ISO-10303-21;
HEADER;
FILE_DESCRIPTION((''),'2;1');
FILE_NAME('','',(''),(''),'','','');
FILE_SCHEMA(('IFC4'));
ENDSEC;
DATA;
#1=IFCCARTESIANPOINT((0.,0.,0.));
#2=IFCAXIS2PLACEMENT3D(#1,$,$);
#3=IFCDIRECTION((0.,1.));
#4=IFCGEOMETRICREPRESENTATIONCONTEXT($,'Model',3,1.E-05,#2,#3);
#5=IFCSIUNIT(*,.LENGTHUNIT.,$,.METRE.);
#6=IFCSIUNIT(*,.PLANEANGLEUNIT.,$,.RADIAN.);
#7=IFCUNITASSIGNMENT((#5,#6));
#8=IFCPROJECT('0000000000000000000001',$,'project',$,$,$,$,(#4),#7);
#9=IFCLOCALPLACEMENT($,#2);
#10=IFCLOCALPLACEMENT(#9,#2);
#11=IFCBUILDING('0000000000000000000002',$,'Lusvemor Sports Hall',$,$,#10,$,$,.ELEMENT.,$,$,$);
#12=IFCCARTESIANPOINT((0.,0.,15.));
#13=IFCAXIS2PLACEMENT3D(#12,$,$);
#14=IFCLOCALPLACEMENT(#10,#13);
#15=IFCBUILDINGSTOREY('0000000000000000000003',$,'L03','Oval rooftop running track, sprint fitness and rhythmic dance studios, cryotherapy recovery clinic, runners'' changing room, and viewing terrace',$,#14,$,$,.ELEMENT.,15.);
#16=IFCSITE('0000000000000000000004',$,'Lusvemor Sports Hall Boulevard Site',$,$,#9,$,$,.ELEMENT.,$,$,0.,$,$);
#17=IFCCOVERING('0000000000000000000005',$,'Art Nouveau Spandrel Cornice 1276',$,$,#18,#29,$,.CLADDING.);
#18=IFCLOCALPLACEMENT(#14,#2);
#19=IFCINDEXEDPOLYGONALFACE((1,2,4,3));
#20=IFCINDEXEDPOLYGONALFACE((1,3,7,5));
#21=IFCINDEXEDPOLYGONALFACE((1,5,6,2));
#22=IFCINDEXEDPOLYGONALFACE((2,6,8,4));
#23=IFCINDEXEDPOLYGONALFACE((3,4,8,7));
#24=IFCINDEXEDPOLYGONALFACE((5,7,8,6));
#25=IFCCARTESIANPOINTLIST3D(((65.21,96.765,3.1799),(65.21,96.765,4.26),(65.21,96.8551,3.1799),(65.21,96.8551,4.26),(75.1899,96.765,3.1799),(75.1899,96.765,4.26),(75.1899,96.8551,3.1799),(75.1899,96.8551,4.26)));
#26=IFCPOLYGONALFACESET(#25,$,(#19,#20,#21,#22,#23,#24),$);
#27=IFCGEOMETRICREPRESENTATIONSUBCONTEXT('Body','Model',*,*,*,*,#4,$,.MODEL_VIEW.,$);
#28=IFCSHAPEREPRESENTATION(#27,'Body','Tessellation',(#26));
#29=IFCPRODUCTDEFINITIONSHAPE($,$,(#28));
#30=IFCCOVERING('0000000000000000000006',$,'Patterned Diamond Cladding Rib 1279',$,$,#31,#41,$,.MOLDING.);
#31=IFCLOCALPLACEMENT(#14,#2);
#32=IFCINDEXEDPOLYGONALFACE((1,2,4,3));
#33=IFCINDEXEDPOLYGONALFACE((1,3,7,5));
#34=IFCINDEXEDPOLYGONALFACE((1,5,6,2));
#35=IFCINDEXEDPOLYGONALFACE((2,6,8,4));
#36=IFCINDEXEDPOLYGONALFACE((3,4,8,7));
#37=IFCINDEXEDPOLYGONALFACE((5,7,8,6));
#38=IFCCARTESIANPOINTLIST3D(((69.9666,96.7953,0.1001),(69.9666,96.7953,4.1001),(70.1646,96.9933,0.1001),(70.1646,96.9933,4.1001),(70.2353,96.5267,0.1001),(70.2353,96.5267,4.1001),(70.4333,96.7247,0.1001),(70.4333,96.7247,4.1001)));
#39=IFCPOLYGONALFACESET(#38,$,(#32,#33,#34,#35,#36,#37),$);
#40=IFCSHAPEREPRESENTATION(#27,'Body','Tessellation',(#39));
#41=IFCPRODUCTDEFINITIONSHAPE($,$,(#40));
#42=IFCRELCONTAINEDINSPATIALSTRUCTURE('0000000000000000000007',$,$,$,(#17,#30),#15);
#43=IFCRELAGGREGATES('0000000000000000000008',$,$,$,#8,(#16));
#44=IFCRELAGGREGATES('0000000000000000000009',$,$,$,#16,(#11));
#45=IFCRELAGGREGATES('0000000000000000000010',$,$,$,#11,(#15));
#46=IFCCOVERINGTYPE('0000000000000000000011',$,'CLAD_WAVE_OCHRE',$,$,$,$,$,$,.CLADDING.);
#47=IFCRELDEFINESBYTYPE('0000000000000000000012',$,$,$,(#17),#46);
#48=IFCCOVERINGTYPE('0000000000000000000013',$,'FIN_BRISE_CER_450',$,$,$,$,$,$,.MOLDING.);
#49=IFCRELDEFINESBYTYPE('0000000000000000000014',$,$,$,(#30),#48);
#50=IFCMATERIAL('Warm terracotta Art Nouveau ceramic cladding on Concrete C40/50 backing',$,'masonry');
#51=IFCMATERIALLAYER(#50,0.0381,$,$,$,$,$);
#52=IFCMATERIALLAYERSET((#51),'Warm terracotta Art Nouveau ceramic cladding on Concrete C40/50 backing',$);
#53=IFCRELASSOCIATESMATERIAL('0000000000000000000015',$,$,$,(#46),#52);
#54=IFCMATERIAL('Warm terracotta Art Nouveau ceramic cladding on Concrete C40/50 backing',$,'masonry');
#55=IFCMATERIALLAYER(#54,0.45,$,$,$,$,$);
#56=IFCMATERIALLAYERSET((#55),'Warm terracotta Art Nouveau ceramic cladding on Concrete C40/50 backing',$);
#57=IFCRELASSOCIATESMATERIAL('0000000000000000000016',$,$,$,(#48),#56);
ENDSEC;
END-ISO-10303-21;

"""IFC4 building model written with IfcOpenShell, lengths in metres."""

from ifc_helpers import new_model, si_unit, direction, frame, origin, origin_2d, place, context, subcontext, project, spatial, rectangle, extrude, material, layer, layer_set, type_object, element, save


model = new_model("IFC4")

# Units and contexts
model_context = context("Model", 3, precision=1e-05, world=origin(), true_north=direction((0.0, 1.0)))
body_context = subcontext(model_context, "Body", "Model", "MODEL_VIEW")
ifc_project = project(units=[si_unit("LENGTHUNIT", "METRE"), si_unit("PLANEANGLEUNIT", "RADIAN")], contexts=[model_context])

# Site, building, storey
site_placement = place(None, origin())
site = spatial("IfcSite", under=ifc_project, at=site_placement, Name="Lusvemor Sports Hall Boulevard Site", CompositionType="ELEMENT", RefElevation=0.0)
building_placement = place(site_placement, origin())
building = spatial("IfcBuilding", under=site, at=building_placement, Name="Lusvemor Sports Hall", CompositionType="ELEMENT")
storey_placement = place(building_placement, frame((0.0, 0.0, 15.0)))
storey = spatial("IfcBuildingStorey", under=building, at=storey_placement, Name="L03", Description="Oval rooftop running track, sprint fitness and rhythmic dance studios, cryotherapy recovery clinic, runners' changing room, and viewing terrace", CompositionType="ELEMENT", Elevation=15.0)

# Coverings
ifc_material_1 = material(Name="Warm terracotta Art Nouveau ceramic cladding on Concrete C40/50 backing", Category="masonry")
ifc_layer_1 = layer(ifc_material_1, 0.0381)
ifc_layer_set_1 = layer_set([ifc_layer_1], Name="Warm terracotta Art Nouveau ceramic cladding on Concrete C40/50 backing")
covering_type_1 = type_object("IfcCoveringType", Name="CLAD_WAVE_OCHRE", PredefinedType="CLADDING", material=ifc_layer_set_1)
covering_1_placement = place(storey_placement, frame((70.2, 96.8101, 3.1799), z_axis=(0.0, 0.0, 1.0), x_axis=(1.0, 0.0, 0.0)))
element("IfcCovering", 1, at=covering_1_placement, inside=storey, type_object=covering_type_1, Name="Art Nouveau Spandrel Cornice 1276", PredefinedType="CLADDING", context=body_context, shape_type="SweptSolid", body=[
    extrude(rectangle(XDim=9.98, YDim=0.0901, at=origin_2d()), origin(), (0.0, 0.0, 1.0), 1.0801),
])
ifc_material_2 = material(Name="Warm terracotta Art Nouveau ceramic cladding on Concrete C40/50 backing", Category="masonry")
ifc_layer_2 = layer(ifc_material_2, 0.45)
ifc_layer_set_2 = layer_set([ifc_layer_2], Name="Warm terracotta Art Nouveau ceramic cladding on Concrete C40/50 backing")
covering_type_2 = type_object("IfcCoveringType", Name="FIN_BRISE_CER_450", PredefinedType="MOLDING", material=ifc_layer_set_2)
covering_2_placement = place(storey_placement, frame((70.2, 96.76, 0.1001), z_axis=(0.0, 0.0, 1.0), x_axis=(0.707107, 0.707107, 0.0)))
element("IfcCovering", 2, at=covering_2_placement, inside=storey, type_object=covering_type_2, Name="Patterned Diamond Cladding Rib 1279", PredefinedType="MOLDING", context=body_context, shape_type="SweptSolid", body=[
    extrude(rectangle(XDim=0.28, YDim=0.3799, at=origin_2d()), origin(), (0.0, 0.0, 1.0), 4.0),
])

save(model, "model.ifc")
